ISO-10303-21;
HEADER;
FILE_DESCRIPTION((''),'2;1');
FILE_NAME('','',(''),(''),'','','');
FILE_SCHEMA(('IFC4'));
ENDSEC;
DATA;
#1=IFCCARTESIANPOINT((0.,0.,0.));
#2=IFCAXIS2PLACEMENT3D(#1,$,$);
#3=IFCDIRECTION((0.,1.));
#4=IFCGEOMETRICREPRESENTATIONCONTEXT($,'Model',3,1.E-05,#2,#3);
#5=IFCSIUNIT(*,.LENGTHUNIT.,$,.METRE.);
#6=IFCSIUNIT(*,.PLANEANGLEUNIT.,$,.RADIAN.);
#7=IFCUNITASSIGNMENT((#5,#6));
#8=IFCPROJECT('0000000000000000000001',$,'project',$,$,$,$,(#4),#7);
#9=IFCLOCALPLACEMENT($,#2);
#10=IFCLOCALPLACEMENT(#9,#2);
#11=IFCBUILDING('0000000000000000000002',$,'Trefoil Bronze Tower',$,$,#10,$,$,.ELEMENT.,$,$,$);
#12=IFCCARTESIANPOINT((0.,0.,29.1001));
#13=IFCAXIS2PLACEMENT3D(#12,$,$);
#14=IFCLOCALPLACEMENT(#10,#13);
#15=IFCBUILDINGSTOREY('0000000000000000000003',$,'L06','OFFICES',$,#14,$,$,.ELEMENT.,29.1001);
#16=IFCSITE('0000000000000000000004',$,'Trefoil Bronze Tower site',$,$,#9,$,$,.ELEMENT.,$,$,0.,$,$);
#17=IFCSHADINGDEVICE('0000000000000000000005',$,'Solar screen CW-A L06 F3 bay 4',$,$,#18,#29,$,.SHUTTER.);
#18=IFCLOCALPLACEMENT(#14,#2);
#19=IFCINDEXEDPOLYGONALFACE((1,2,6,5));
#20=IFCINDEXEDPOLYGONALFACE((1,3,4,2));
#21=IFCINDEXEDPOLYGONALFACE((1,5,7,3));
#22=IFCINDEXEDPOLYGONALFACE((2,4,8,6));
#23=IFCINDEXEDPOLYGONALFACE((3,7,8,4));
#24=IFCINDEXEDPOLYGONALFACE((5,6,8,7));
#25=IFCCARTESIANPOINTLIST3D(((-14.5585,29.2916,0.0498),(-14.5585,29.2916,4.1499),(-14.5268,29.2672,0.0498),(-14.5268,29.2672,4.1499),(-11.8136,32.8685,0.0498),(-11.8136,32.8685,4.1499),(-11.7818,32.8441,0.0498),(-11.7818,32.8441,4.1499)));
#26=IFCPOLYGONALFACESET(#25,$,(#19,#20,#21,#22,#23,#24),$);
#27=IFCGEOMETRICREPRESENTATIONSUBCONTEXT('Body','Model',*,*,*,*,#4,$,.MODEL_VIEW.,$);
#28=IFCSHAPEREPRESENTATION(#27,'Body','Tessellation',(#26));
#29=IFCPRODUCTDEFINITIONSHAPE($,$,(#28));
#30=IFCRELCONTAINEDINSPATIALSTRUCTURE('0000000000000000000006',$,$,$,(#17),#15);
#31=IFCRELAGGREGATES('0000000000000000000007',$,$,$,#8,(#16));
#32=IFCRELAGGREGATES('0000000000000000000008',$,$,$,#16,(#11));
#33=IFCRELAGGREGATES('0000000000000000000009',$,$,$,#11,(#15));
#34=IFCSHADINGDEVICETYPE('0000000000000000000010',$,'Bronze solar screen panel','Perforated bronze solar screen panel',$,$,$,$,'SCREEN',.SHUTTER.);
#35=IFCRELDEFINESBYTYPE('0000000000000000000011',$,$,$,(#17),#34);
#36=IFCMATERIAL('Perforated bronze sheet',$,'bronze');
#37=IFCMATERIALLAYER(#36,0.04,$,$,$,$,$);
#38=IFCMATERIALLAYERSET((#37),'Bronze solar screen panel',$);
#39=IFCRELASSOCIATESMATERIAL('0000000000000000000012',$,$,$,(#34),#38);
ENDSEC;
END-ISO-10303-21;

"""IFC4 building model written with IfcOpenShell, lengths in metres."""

from ifc_helpers import new_model, si_unit, direction, frame, origin, origin_2d, place, context, subcontext, project, spatial, rectangle, extrude, material, layer, layer_set, type_object, element, save


model = new_model("IFC4")

# Units and contexts
model_context = context("Model", 3, precision=1e-05, world=origin(), true_north=direction((0.0, 1.0)))
body_context = subcontext(model_context, "Body", "Model", "MODEL_VIEW")
ifc_project = project(units=[si_unit("LENGTHUNIT", "METRE"), si_unit("PLANEANGLEUNIT", "RADIAN")], contexts=[model_context])

# Site, building, storey
site_placement = place(None, origin())
site = spatial("IfcSite", under=ifc_project, at=site_placement, Name="Trefoil Bronze Tower site", CompositionType="ELEMENT", RefElevation=0.0)
building_placement = place(site_placement, origin())
building = spatial("IfcBuilding", under=site, at=building_placement, Name="Trefoil Bronze Tower", CompositionType="ELEMENT")
storey_placement = place(building_placement, frame((0.0, 0.0, 29.1001)))
storey = spatial("IfcBuildingStorey", under=building, at=storey_placement, Name="L06", Description="OFFICES", CompositionType="ELEMENT", Elevation=29.1001)

# Shading device
ifc_material_1 = material(Name="Perforated bronze sheet", Category="bronze")
ifc_layer_1 = layer(ifc_material_1, 0.04)
ifc_layer_set_1 = layer_set([ifc_layer_1], Name="Bronze solar screen panel")
shading_device_type = type_object("IfcShadingDeviceType", Name="Bronze solar screen panel", Description="Perforated bronze solar screen panel", ElementType="SCREEN", PredefinedType="SHUTTER", material=ifc_layer_set_1)
shading_device_1_placement = place(storey_placement, frame((-13.1702, 31.0679, 0.0498), z_axis=(0.0, 0.0, 1.0), x_axis=(-0.608808, -0.793318, 0.0)))
element("IfcShadingDevice", 1, at=shading_device_1_placement, inside=storey, type_object=shading_device_type, Name="Solar screen CW-A L06 F3 bay 4", PredefinedType="SHUTTER", context=body_context, shape_type="SweptSolid", body=[
    extrude(rectangle(XDim=4.5088, YDim=0.04, at=origin_2d()), origin(), (0.0, 0.0, 1.0), 4.1001),
])

save(model, "model.ifc")
